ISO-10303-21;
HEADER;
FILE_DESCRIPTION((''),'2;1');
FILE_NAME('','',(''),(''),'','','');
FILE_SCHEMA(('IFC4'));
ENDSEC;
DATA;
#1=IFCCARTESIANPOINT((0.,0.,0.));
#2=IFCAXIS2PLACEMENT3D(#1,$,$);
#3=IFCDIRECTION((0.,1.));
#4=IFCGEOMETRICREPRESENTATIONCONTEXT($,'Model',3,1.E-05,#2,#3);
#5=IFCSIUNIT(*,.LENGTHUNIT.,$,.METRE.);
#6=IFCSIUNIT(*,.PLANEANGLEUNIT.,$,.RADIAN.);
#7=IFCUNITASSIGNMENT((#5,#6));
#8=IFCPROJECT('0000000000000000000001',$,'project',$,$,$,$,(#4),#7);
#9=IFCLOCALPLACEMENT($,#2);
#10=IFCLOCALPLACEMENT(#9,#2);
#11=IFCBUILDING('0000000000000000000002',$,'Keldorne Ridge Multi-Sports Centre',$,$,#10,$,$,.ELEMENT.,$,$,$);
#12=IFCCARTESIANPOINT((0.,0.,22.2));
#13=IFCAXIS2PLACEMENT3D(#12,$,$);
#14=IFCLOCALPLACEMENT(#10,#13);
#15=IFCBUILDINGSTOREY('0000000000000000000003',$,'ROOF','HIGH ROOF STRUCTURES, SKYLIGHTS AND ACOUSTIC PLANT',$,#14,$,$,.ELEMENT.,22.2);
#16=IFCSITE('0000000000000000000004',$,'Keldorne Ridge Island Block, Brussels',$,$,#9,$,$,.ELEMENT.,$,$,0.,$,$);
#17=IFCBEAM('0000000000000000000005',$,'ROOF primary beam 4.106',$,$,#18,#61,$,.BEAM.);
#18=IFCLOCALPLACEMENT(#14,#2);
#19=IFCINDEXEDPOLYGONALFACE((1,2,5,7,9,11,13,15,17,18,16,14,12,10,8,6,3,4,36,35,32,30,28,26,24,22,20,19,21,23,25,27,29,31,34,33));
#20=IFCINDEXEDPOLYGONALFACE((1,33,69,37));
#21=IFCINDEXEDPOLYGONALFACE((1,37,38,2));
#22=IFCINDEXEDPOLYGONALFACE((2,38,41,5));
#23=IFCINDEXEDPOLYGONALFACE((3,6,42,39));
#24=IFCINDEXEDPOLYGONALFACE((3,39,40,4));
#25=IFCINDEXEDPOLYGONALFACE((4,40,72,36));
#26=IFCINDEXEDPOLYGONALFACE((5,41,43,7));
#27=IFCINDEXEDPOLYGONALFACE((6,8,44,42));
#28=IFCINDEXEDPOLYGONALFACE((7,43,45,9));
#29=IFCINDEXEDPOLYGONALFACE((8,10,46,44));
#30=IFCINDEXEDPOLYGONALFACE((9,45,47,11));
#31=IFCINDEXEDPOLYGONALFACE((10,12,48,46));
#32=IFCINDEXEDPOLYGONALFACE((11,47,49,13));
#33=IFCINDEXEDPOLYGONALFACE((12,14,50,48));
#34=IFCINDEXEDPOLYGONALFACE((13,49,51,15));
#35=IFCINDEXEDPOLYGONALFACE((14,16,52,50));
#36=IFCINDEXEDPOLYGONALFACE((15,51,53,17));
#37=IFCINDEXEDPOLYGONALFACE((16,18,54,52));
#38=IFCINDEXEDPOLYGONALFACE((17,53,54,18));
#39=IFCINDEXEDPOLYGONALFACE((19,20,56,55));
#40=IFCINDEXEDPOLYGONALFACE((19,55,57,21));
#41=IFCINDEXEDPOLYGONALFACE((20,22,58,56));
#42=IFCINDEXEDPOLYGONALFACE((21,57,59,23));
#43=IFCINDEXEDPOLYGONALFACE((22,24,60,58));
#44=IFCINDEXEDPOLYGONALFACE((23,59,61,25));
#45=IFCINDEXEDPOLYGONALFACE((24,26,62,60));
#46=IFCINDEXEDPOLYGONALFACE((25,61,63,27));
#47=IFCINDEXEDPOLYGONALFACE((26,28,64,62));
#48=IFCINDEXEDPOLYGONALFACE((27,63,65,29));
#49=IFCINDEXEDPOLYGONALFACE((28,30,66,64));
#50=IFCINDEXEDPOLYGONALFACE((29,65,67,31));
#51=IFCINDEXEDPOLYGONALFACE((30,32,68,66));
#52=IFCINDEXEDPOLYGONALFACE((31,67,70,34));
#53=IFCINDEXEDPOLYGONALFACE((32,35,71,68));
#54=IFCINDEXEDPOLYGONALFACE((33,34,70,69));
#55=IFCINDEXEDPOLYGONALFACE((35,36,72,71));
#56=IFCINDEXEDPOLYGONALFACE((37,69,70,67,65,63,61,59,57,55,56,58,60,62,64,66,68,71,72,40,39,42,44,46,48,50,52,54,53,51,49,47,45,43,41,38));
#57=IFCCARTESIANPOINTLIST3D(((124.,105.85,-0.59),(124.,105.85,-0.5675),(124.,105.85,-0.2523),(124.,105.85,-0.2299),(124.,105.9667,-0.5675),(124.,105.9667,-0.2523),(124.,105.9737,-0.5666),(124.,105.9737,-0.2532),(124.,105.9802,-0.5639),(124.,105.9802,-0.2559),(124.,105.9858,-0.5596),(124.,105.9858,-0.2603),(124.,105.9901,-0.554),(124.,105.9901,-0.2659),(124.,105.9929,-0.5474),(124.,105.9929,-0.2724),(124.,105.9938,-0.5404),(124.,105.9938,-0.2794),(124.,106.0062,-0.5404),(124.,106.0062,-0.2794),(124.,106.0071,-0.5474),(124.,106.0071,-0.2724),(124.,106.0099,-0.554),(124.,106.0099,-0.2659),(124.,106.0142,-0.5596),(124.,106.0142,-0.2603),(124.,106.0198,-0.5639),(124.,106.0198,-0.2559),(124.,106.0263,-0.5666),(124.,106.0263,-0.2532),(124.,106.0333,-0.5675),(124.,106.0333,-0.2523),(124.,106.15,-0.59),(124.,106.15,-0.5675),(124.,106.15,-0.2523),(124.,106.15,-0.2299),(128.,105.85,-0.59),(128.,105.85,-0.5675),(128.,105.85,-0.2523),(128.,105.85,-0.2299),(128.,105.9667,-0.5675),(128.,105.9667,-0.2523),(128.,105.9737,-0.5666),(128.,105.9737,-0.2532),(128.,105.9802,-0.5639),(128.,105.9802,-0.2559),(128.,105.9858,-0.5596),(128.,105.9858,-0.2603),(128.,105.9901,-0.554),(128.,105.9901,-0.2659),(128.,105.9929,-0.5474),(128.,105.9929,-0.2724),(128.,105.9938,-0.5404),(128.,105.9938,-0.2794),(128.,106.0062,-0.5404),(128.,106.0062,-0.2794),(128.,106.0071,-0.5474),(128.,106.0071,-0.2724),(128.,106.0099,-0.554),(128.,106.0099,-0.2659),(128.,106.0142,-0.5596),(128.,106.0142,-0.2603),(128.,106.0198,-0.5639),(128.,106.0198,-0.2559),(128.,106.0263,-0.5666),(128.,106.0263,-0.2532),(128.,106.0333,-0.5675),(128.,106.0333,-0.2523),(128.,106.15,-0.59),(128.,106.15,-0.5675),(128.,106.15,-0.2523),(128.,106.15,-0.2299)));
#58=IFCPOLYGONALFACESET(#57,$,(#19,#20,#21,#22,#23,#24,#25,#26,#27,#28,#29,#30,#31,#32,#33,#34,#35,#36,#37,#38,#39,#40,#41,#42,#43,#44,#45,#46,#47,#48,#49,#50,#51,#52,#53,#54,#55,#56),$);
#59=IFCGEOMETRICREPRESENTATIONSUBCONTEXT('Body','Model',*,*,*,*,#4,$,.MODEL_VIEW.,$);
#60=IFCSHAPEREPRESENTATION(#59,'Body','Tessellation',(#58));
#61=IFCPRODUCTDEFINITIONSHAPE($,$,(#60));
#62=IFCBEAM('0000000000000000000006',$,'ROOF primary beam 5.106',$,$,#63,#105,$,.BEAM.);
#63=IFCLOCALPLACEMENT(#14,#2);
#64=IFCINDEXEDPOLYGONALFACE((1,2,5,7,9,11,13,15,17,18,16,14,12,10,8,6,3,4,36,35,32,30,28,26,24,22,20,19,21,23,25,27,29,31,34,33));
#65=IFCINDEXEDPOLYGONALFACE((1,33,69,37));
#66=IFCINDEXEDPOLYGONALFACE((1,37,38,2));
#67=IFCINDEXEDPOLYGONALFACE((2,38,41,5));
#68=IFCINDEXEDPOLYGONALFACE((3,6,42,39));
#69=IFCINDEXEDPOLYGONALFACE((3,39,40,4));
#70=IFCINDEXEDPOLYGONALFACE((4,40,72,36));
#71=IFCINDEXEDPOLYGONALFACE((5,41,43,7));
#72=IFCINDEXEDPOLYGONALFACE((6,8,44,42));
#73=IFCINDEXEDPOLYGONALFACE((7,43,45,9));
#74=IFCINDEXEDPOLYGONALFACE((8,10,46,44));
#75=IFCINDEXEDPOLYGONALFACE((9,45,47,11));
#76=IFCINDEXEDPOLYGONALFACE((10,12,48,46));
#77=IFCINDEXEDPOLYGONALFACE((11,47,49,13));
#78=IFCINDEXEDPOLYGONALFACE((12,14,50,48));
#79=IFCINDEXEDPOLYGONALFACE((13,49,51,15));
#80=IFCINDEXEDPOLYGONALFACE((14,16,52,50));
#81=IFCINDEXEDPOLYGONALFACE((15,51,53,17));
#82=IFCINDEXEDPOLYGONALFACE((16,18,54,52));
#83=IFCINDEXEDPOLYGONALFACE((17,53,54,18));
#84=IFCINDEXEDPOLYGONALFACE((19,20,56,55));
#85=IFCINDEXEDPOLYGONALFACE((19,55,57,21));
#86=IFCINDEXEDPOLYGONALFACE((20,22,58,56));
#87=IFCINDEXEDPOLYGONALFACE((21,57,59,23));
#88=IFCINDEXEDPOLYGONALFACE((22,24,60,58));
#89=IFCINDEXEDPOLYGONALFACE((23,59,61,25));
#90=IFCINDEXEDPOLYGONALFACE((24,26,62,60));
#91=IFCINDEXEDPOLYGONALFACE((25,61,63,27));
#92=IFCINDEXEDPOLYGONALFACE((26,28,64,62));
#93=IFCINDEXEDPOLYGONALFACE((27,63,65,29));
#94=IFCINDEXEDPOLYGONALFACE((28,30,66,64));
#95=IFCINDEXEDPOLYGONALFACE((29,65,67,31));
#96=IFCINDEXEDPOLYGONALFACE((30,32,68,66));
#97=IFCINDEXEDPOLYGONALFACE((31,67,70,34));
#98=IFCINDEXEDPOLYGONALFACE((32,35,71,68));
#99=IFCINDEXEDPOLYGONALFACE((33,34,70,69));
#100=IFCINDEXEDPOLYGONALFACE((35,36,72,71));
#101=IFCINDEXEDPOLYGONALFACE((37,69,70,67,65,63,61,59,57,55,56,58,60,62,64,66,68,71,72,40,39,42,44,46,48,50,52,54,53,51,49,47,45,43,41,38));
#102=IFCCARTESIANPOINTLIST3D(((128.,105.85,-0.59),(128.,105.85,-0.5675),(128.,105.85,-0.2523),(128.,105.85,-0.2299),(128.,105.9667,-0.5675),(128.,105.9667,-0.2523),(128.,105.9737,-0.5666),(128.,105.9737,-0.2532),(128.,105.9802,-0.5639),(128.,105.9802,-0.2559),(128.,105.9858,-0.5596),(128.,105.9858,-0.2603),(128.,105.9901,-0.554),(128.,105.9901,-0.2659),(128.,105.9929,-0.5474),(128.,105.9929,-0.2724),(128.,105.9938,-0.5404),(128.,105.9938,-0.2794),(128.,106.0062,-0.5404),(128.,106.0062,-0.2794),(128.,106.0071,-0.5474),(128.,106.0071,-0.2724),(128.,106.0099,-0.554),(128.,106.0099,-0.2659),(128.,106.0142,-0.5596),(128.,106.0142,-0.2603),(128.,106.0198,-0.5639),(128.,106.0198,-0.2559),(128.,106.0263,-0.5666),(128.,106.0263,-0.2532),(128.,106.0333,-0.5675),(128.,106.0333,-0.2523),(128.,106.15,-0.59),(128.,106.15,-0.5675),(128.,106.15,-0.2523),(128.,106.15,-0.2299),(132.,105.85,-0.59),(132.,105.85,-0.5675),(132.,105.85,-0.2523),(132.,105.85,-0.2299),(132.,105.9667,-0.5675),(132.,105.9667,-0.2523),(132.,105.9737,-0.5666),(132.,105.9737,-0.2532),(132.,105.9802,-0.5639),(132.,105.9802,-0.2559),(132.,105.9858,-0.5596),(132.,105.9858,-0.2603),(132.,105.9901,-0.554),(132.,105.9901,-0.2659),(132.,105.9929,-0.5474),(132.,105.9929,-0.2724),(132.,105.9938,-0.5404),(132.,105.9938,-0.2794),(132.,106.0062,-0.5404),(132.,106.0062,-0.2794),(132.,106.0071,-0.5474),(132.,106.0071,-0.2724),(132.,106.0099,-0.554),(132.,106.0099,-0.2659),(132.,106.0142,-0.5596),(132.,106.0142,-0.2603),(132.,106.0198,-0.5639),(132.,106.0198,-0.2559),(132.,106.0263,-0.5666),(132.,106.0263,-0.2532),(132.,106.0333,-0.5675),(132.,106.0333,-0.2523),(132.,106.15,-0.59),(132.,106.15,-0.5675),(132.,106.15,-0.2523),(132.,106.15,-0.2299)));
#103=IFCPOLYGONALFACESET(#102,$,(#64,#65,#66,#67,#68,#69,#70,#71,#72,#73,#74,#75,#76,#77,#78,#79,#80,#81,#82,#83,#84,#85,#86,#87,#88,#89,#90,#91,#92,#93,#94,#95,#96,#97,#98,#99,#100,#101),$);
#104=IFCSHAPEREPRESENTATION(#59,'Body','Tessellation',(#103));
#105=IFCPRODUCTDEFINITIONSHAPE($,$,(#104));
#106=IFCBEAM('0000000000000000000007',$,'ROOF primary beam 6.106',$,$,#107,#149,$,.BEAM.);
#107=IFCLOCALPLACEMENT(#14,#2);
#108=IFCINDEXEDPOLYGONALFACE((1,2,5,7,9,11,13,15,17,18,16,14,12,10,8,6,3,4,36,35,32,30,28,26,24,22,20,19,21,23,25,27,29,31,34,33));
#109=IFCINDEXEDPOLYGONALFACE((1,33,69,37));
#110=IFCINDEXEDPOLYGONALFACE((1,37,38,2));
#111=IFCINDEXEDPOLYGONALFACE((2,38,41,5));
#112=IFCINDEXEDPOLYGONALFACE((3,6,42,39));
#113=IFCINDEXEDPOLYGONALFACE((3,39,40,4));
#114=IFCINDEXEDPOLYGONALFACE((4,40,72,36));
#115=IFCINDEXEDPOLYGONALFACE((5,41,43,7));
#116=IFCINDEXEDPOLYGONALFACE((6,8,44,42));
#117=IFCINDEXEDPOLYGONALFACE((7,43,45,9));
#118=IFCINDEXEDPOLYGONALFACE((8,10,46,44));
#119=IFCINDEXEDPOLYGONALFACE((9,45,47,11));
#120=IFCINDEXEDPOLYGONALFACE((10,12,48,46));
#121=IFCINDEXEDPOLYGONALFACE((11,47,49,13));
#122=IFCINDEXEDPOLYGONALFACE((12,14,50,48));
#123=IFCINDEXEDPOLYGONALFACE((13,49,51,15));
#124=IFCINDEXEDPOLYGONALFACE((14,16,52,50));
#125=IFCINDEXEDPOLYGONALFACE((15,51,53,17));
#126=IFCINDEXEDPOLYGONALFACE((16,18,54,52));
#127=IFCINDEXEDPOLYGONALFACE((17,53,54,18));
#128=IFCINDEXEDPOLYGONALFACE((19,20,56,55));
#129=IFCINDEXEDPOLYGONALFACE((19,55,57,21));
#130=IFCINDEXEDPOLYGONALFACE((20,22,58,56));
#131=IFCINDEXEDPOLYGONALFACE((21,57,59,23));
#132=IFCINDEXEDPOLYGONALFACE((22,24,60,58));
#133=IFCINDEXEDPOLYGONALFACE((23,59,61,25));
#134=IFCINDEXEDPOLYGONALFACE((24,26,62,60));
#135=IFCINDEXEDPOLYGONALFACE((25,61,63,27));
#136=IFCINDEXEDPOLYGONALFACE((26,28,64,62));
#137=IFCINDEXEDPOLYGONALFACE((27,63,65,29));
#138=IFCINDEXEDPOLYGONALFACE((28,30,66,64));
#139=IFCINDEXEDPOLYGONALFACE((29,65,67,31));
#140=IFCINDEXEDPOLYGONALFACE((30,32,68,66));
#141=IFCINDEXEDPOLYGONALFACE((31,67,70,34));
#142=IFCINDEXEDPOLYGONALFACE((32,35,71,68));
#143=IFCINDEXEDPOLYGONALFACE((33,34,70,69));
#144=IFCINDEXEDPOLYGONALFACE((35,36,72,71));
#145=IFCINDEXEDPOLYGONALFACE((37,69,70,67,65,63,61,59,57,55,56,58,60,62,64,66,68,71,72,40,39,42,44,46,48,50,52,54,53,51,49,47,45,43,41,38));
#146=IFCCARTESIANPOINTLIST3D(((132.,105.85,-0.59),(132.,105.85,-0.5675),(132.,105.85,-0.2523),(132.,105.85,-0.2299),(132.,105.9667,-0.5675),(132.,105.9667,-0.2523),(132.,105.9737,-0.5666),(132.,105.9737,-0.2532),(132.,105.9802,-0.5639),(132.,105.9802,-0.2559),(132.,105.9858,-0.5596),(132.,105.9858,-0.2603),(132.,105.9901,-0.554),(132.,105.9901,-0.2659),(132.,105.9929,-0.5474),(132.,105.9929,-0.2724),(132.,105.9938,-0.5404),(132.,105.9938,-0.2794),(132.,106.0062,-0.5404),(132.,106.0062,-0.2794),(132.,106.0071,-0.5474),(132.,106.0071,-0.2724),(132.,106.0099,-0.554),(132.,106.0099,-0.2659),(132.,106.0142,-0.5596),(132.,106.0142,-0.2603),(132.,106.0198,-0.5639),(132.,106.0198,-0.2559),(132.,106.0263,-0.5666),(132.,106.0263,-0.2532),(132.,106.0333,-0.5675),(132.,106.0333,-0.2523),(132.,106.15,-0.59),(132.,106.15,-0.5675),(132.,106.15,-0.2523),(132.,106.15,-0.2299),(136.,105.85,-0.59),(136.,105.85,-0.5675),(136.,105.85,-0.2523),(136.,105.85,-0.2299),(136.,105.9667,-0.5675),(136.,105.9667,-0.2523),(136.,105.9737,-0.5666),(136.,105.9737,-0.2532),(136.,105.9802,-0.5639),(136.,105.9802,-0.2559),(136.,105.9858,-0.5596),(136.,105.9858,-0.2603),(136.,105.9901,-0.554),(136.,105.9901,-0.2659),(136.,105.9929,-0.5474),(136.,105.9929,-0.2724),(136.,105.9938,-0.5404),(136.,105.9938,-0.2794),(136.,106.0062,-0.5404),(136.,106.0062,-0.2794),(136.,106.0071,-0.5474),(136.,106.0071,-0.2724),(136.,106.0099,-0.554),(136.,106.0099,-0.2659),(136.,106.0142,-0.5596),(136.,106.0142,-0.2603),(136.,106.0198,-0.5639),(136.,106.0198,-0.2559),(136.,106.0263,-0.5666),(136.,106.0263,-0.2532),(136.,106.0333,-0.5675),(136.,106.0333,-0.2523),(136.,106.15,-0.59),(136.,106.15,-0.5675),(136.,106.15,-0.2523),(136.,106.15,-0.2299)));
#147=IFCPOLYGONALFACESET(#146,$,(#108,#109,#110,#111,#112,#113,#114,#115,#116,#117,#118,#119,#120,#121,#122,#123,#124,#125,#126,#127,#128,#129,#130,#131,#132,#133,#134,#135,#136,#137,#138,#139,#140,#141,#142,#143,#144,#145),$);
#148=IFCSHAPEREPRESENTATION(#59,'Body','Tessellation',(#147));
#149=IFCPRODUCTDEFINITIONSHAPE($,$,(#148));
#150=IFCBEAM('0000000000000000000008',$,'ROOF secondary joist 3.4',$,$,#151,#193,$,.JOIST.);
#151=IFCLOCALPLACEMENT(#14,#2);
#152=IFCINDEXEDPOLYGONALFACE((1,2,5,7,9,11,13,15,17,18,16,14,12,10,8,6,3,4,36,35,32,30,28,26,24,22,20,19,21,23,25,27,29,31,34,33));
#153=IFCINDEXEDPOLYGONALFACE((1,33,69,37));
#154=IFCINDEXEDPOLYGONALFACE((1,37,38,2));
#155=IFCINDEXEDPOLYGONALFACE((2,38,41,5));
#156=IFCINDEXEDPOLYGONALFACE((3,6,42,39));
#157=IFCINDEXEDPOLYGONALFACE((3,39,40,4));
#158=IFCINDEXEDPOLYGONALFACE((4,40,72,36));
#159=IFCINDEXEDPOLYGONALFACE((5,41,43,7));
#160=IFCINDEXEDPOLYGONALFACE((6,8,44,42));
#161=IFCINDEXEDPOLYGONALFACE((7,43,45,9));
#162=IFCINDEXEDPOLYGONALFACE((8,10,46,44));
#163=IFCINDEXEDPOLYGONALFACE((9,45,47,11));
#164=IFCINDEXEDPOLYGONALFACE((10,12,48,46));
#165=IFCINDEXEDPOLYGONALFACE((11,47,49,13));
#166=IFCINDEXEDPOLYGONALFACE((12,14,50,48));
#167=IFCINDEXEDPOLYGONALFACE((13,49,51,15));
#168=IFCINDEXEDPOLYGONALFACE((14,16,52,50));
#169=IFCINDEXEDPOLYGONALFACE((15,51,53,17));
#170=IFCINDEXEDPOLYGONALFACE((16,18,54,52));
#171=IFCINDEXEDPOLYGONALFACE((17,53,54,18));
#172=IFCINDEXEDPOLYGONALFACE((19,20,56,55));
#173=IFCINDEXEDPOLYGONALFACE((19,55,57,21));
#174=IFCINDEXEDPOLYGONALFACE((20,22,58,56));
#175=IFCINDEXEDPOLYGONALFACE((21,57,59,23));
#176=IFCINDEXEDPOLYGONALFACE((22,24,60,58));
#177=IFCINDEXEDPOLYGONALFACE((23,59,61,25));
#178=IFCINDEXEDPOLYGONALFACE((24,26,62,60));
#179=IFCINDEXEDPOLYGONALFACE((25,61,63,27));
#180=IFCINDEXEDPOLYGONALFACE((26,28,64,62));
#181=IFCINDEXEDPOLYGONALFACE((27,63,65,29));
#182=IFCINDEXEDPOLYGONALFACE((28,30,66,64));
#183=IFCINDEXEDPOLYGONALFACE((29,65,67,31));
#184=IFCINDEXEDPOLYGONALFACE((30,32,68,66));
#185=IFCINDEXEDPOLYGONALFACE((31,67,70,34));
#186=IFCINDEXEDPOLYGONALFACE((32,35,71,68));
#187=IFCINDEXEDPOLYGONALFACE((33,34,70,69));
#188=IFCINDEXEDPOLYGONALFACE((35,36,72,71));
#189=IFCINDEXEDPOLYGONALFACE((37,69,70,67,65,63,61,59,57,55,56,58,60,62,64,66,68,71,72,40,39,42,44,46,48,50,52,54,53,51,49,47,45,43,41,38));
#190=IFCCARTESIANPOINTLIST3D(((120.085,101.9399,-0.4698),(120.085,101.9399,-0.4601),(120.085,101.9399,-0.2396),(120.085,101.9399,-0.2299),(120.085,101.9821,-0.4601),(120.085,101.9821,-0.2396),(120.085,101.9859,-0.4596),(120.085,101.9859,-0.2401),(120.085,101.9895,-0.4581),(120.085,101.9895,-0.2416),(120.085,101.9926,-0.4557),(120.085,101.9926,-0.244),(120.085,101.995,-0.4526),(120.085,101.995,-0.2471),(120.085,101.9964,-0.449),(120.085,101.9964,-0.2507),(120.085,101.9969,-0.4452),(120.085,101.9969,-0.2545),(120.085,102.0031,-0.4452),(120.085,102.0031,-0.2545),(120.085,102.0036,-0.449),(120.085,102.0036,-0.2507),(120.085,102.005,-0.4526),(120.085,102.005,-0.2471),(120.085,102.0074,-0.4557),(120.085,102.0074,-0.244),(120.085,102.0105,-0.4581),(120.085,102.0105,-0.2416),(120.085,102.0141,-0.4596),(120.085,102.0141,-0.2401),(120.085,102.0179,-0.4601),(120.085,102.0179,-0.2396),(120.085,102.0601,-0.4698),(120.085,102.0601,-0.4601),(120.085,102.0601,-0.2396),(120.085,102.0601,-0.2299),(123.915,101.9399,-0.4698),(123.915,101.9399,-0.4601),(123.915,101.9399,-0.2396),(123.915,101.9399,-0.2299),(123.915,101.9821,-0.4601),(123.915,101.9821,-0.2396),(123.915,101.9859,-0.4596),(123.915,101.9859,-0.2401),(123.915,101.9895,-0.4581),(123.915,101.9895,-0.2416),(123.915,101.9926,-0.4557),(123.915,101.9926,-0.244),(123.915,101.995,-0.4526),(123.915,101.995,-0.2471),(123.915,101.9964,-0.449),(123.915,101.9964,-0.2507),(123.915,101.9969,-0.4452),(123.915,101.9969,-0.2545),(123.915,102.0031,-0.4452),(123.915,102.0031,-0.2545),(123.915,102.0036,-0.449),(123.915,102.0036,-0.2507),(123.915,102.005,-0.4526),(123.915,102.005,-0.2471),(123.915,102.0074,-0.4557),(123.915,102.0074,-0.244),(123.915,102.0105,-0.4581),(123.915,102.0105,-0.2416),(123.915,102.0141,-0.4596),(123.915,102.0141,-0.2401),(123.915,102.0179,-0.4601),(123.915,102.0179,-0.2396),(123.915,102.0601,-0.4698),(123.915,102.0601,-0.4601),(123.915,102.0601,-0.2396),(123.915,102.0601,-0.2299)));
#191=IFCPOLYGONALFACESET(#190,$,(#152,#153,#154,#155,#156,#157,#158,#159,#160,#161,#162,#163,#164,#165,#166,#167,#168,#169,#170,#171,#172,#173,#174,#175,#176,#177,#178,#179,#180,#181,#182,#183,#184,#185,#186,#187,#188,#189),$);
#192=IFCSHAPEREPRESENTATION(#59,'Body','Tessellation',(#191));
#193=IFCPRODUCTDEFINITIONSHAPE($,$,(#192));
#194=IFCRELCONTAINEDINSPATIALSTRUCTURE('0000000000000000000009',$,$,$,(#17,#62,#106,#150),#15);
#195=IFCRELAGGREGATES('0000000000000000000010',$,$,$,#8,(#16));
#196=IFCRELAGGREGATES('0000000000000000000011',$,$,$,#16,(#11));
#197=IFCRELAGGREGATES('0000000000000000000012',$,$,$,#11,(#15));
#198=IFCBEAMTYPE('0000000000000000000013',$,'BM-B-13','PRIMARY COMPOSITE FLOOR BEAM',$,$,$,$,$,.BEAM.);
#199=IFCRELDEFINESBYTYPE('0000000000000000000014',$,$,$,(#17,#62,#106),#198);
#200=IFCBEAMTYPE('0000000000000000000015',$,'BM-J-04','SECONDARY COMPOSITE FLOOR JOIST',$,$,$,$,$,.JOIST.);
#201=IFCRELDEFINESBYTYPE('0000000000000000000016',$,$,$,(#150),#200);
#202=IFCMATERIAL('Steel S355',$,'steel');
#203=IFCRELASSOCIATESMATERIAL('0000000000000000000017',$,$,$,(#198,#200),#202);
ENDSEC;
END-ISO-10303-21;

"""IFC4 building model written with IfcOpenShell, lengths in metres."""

from ifc_helpers import new_model, si_unit, direction, frame, origin, origin_2d, place, context, subcontext, project, spatial, i_section, extrude, material, material_profile, profile_set, type_object, element, save


model = new_model("IFC4")

# Units and contexts
model_context = context("Model", 3, precision=1e-05, world=origin(), true_north=direction((0.0, 1.0)))
body_context = subcontext(model_context, "Body", "Model", "MODEL_VIEW")
ifc_project = project(units=[si_unit("LENGTHUNIT", "METRE"), si_unit("PLANEANGLEUNIT", "RADIAN")], contexts=[model_context])

# Site, building, storey
site_placement = place(None, origin())
site = spatial("IfcSite", under=ifc_project, at=site_placement, Name="Keldorne Ridge Island Block, Brussels", CompositionType="ELEMENT", RefElevation=0.0)
building_placement = place(site_placement, origin())
building = spatial("IfcBuilding", under=site, at=building_placement, Name="Keldorne Ridge Multi-Sports Centre", CompositionType="ELEMENT")
storey_placement = place(building_placement, frame((0.0, 0.0, 22.2)))
storey = spatial("IfcBuildingStorey", under=building, at=storey_placement, Name="ROOF", Description="HIGH ROOF STRUCTURES, SKYLIGHTS AND ACOUSTIC PLANT", CompositionType="ELEMENT", Elevation=22.2)

# Beams
ifc_material_1 = material(Name="Steel S355", Category="steel")
ifc_material_profile_1 = material_profile(ifc_material_1, i_section(OverallWidth=0.3, OverallDepth=0.3601, WebThickness=0.0125, FlangeThickness=0.0225, FilletRadius=0.0271, at=origin_2d()), Name="HEB 360")
ifc_profile_set_1 = profile_set([ifc_material_profile_1], Name="Steel S355")
beam_type_1 = type_object("IfcBeamType", Name="BM-B-13", Description="PRIMARY COMPOSITE FLOOR BEAM", PredefinedType="BEAM", material=ifc_profile_set_1)
for number, where, z_axis, x_axis, name in (
    (1, (124.0, 106.0, -0.4099), (1.0, 0.0, 0.0), (0.0, 1.0, 0.0), "ROOF primary beam 4.106"),
    (2, (128.0, 106.0, -0.4099), (1.0, 0.0, 0.0), (0.0, 1.0, 0.0), "ROOF primary beam 5.106"),
    (3, (132.0, 106.0, -0.4099), (1.0, 0.0, 0.0), (0.0, 1.0, 0.0), "ROOF primary beam 6.106"),
):
    element("IfcBeam", number, at=place(storey_placement, frame(where, z_axis=z_axis, x_axis=x_axis)), inside=storey, type_object=beam_type_1, Name=name, PredefinedType="BEAM", context=body_context, shape_type="SweptSolid", body=[
        extrude(i_section(OverallWidth=0.3, OverallDepth=0.3601, WebThickness=0.0125, FlangeThickness=0.0225, FilletRadius=0.0271, at=origin_2d()), origin(), (0.0, 0.0, 1.0), 4.0),
    ])
ifc_material_profile_2 = material_profile(ifc_material_1, i_section(OverallWidth=0.1201, OverallDepth=0.24, WebThickness=0.0061, FlangeThickness=0.0098, FilletRadius=0.0149, at=origin_2d()), Name="IPE 240")
ifc_profile_set_2 = profile_set([ifc_material_profile_2], Name="Steel S355")
beam_type_2 = type_object("IfcBeamType", Name="BM-J-04", Description="SECONDARY COMPOSITE FLOOR JOIST", PredefinedType="JOIST", material=ifc_profile_set_2)
for number, where, z_axis, x_axis, name in (
    (4, (120.085, 102.0, -0.3499), (1.0, 0.0, 0.0), (0.0, 1.0, 0.0), "ROOF secondary joist 3.4"),
):
    element("IfcBeam", number, at=place(storey_placement, frame(where, z_axis=z_axis, x_axis=x_axis)), inside=storey, type_object=beam_type_2, Name=name, PredefinedType="JOIST", context=body_context, shape_type="SweptSolid", body=[
        extrude(i_section(OverallWidth=0.1201, OverallDepth=0.24, WebThickness=0.0061, FlangeThickness=0.0098, FilletRadius=0.0149, at=origin_2d()), origin(), (0.0, 0.0, 1.0), 3.8301),
    ])

save(model, "model.ifc")
